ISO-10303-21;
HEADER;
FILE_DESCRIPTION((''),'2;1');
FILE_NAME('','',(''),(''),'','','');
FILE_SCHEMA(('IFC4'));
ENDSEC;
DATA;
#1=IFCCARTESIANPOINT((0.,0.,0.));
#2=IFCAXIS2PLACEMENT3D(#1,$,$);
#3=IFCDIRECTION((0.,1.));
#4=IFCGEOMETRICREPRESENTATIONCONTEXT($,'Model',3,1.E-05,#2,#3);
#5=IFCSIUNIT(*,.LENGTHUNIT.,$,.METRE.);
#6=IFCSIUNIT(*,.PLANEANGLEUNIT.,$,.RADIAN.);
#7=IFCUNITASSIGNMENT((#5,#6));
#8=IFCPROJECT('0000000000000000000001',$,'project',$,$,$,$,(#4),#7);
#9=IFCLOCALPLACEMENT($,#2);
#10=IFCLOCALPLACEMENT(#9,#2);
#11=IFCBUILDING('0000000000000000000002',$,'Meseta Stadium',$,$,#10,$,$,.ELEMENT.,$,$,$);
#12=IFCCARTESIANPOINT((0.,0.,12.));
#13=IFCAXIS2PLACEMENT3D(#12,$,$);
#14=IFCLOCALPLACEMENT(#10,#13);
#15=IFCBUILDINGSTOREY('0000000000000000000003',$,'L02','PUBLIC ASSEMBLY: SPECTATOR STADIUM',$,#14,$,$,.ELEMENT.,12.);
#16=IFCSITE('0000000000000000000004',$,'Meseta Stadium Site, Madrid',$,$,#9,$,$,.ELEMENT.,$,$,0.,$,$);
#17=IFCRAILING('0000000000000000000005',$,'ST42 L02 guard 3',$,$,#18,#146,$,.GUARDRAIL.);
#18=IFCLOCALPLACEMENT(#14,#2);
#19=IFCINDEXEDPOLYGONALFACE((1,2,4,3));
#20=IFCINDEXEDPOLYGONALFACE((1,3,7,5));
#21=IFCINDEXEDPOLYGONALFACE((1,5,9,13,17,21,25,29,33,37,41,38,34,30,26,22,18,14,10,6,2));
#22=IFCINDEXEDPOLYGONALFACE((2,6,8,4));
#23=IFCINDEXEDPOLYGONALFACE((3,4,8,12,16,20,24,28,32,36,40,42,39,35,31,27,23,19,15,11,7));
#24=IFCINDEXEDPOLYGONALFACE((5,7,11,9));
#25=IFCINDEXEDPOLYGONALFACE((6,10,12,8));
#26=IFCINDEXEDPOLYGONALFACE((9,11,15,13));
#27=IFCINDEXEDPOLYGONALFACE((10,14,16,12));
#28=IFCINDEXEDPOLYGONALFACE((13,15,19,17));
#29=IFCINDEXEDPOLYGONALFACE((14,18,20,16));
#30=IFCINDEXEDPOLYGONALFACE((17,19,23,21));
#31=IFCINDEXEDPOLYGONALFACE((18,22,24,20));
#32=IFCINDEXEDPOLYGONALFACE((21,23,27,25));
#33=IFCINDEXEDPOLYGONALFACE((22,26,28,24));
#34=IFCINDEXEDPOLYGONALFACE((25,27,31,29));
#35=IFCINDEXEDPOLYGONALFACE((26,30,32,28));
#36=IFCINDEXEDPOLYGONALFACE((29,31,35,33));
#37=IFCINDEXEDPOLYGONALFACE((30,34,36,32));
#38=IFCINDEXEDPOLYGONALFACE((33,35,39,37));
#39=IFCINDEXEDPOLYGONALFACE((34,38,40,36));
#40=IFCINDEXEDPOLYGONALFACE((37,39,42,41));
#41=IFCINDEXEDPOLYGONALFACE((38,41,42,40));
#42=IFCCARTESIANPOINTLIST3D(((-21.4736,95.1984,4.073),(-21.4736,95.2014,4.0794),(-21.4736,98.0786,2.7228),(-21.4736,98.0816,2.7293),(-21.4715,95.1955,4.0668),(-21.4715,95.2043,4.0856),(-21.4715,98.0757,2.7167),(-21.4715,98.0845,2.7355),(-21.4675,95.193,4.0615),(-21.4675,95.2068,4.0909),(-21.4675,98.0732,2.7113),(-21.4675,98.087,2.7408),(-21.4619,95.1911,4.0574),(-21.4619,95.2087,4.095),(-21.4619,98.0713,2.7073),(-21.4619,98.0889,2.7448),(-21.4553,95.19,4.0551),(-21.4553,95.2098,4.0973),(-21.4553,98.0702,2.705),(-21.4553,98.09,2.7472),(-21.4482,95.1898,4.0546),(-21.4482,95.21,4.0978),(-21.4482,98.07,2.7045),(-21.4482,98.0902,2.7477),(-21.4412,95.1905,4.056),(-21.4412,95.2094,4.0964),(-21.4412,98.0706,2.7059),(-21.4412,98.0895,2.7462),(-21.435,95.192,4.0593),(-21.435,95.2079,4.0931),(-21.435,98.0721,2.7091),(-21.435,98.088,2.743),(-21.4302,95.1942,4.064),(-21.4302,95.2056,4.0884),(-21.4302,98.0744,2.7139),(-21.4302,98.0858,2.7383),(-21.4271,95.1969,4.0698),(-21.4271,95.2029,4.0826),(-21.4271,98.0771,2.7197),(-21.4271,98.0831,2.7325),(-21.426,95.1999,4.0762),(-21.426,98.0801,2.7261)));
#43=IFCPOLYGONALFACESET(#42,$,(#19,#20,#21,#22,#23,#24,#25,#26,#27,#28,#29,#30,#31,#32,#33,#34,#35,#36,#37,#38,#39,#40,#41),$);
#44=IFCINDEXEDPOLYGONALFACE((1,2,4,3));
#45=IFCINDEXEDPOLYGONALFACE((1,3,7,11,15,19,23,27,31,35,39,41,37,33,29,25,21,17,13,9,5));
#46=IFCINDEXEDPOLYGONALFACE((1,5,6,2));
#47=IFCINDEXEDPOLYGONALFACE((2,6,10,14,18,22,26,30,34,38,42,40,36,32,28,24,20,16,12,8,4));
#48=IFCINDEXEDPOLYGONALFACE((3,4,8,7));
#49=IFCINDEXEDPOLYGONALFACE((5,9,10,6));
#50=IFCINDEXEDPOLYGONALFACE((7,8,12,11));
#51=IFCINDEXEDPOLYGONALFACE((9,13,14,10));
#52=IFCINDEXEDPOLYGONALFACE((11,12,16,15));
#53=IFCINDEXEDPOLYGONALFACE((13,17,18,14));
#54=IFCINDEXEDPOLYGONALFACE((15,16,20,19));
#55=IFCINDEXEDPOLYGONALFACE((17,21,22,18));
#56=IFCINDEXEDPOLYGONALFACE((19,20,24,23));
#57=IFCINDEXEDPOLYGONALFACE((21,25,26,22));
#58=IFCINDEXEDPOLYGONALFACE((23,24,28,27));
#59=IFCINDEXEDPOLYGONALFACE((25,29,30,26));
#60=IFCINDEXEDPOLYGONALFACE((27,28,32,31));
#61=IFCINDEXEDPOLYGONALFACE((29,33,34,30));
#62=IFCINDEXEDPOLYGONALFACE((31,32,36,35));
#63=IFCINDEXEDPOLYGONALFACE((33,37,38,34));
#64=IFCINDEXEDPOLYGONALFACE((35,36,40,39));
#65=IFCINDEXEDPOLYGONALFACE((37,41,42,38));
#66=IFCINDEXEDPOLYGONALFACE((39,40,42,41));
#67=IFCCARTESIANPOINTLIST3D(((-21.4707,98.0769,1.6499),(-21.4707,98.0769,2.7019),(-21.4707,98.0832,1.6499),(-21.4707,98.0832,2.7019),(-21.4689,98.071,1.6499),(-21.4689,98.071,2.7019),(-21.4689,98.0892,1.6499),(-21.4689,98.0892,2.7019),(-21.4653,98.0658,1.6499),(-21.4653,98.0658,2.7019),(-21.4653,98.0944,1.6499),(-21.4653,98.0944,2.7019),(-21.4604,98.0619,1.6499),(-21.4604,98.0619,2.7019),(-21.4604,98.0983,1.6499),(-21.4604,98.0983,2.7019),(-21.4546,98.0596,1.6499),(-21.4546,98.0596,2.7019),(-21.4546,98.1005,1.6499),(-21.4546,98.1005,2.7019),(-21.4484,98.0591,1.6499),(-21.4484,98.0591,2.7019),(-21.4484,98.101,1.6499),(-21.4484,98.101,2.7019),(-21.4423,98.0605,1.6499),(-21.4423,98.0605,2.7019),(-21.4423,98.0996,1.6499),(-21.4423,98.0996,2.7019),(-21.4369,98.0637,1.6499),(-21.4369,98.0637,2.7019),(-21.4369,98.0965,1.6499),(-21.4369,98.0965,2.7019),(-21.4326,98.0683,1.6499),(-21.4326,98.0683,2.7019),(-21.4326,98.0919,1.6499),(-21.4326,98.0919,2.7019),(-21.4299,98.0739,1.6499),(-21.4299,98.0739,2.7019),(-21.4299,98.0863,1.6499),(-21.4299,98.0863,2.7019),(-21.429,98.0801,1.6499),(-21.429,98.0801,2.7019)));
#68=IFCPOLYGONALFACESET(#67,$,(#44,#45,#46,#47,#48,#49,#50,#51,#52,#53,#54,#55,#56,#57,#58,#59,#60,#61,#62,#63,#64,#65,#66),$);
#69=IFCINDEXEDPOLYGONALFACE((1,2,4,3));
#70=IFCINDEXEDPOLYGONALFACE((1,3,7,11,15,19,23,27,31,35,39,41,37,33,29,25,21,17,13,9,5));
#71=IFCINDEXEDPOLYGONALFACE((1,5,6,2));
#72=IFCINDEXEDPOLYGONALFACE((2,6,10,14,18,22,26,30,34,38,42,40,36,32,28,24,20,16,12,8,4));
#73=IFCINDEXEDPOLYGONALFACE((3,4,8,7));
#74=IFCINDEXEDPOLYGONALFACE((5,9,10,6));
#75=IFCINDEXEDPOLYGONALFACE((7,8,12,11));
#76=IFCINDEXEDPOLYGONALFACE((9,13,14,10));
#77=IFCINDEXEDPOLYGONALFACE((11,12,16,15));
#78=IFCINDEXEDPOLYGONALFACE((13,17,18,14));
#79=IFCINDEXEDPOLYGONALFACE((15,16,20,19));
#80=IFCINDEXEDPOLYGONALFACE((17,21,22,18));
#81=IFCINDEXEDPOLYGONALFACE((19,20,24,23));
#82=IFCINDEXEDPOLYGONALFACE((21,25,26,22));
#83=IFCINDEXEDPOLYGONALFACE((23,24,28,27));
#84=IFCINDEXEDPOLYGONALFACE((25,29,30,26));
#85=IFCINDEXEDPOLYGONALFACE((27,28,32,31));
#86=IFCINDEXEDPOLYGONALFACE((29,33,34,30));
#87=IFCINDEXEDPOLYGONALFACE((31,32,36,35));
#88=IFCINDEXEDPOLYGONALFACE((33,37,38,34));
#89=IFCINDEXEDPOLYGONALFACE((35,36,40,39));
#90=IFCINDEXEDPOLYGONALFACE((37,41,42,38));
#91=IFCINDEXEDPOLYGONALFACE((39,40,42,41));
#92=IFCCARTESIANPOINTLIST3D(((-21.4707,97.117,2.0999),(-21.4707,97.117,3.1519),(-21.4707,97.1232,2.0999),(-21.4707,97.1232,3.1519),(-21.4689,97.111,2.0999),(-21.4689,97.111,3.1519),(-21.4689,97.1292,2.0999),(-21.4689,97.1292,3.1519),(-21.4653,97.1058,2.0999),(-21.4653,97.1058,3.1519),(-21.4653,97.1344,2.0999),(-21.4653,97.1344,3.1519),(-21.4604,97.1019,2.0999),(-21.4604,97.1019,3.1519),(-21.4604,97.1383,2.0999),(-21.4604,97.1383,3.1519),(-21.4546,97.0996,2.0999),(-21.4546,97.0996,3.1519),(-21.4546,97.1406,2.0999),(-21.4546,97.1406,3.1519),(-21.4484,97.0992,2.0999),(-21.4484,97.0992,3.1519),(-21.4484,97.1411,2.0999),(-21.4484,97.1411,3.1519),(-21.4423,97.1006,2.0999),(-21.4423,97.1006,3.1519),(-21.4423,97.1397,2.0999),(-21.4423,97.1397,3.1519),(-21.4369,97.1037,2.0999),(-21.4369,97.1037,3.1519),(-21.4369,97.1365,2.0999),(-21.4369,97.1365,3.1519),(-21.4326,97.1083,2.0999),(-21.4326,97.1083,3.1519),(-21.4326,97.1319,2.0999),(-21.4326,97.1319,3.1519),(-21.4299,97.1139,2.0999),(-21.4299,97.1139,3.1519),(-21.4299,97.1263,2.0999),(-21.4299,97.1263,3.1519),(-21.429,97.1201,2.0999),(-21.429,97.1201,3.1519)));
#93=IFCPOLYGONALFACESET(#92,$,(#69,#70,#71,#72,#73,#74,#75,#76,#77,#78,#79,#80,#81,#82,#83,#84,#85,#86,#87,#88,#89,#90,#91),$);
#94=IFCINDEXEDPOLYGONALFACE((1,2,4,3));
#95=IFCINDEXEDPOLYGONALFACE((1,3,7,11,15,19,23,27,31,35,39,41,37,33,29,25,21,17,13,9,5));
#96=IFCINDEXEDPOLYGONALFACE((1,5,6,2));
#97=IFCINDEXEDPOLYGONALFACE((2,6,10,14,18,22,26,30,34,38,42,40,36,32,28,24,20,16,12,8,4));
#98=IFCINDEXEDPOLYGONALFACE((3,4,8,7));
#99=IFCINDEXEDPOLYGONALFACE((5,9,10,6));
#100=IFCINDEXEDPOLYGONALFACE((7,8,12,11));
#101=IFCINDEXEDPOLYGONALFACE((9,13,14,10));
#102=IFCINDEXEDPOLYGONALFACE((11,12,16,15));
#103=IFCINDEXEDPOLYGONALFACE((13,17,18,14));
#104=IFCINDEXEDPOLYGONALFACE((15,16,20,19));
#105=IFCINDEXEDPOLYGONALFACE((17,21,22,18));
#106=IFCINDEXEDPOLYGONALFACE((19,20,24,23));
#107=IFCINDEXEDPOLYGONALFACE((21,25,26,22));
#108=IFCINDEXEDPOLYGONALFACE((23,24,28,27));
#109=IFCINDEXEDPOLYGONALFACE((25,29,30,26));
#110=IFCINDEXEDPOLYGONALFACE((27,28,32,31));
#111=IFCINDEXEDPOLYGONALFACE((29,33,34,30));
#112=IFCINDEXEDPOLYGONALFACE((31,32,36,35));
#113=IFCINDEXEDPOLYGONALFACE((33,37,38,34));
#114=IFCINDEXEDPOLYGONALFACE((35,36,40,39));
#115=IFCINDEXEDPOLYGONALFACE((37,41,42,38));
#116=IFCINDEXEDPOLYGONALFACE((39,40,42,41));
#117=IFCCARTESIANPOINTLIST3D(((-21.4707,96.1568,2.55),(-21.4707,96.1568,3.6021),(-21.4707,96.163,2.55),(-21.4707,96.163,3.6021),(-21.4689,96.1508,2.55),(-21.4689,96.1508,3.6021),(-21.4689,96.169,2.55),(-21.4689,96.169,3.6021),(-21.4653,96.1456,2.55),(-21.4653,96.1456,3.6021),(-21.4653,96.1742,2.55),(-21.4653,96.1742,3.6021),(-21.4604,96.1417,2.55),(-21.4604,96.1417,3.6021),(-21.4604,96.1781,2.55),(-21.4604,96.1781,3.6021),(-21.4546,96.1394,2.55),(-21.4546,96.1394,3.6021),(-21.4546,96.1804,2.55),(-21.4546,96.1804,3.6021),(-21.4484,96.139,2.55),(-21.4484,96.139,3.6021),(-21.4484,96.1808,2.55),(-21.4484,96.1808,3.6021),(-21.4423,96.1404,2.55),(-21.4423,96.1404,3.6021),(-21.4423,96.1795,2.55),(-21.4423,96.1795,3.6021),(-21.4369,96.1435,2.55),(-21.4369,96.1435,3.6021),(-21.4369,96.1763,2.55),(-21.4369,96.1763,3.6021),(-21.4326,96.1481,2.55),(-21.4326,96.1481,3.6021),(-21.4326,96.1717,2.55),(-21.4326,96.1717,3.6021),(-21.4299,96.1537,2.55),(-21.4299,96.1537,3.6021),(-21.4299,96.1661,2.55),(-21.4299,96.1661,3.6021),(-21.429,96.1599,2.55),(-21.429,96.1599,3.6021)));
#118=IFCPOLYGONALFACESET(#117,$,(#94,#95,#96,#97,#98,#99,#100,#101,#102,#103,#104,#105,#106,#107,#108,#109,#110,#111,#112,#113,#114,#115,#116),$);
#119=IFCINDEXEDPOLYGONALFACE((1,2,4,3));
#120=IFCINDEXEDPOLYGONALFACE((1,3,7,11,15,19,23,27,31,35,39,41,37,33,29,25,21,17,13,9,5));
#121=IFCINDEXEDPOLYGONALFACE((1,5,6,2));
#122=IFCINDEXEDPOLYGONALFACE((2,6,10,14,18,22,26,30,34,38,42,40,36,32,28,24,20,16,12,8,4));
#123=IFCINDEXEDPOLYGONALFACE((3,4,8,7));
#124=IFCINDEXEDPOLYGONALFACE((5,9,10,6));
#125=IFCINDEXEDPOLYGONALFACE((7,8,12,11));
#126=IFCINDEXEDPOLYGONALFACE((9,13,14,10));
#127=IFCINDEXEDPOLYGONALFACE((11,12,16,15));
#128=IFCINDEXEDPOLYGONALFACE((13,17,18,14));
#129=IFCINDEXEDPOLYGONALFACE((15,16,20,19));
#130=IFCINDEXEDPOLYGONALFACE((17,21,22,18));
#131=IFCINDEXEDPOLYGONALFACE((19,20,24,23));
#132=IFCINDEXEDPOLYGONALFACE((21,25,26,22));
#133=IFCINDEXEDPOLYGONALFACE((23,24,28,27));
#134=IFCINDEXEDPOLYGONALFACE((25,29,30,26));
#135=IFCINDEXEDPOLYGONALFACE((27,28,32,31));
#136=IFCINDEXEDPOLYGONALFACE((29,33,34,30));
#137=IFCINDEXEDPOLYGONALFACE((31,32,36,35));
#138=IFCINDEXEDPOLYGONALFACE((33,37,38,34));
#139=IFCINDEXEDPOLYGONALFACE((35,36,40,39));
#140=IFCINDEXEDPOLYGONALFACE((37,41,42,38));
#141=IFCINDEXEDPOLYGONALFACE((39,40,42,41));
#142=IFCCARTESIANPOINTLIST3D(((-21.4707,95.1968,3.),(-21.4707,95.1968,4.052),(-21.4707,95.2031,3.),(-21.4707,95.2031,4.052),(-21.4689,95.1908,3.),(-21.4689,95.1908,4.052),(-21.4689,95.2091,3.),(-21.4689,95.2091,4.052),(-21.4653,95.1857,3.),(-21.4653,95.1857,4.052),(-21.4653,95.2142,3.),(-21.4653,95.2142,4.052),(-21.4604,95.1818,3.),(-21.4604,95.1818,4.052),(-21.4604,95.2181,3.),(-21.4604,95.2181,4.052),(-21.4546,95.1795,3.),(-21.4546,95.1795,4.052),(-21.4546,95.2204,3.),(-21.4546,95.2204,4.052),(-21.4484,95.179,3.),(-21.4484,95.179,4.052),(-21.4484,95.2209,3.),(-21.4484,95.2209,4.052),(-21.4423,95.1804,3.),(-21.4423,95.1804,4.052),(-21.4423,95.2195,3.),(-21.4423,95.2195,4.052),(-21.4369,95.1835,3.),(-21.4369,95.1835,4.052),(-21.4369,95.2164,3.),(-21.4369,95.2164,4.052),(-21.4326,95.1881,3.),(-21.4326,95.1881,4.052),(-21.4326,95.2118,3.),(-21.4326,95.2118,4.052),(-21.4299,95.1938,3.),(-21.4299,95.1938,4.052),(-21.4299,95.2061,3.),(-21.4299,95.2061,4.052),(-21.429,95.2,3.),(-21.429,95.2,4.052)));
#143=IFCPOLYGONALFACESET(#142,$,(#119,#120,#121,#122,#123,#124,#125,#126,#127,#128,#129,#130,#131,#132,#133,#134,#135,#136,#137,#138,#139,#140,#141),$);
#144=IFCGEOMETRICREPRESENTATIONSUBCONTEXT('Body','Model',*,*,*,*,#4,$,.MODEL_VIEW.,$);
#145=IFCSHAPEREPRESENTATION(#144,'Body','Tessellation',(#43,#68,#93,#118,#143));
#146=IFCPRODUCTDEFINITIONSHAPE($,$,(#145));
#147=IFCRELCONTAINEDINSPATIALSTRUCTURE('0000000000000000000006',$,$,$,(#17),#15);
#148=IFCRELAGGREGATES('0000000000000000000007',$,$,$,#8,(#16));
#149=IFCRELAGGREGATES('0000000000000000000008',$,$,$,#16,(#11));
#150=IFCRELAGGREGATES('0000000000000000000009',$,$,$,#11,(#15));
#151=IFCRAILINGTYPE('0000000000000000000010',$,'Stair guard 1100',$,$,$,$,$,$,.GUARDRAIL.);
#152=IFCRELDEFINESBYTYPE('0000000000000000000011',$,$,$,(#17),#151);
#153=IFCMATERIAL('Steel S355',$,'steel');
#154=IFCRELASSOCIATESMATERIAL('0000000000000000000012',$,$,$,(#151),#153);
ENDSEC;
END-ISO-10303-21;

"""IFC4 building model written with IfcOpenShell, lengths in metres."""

from ifc_helpers import new_model, si_unit, direction, frame, origin, origin_2d, place, context, subcontext, project, spatial, circle, extrude, material, type_object, element, save


model = new_model("IFC4")

# Units and contexts
model_context = context("Model", 3, precision=1e-05, world=origin(), true_north=direction((0.0, 1.0)))
body_context = subcontext(model_context, "Body", "Model", "MODEL_VIEW")
ifc_project = project(units=[si_unit("LENGTHUNIT", "METRE"), si_unit("PLANEANGLEUNIT", "RADIAN")], contexts=[model_context])

# Site, building, storey
site_placement = place(None, origin())
site = spatial("IfcSite", under=ifc_project, at=site_placement, Name="Meseta Stadium Site, Madrid", CompositionType="ELEMENT", RefElevation=0.0)
building_placement = place(site_placement, origin())
building = spatial("IfcBuilding", under=site, at=building_placement, Name="Meseta Stadium", CompositionType="ELEMENT")
storey_placement = place(building_placement, frame((0.0, 0.0, 12.0)))
storey = spatial("IfcBuildingStorey", under=building, at=storey_placement, Name="L02", Description="PUBLIC ASSEMBLY: SPECTATOR STADIUM", CompositionType="ELEMENT", Elevation=12.0)

# Railing
ifc_material_1 = material(Name="Steel S355", Category="steel")
railing_type_1 = type_object("IfcRailingType", Name="Stair guard 1100", PredefinedType="GUARDRAIL", material=ifc_material_1)
railing_1_placement = place(storey_placement, frame((-21.45, 98.0801, 1.6499)))
element("IfcRailing", 1, at=railing_1_placement, inside=storey, type_object=railing_type_1, Name="ST42 L02 guard 3", PredefinedType="GUARDRAIL", context=body_context, shape_type="SweptSolid", body=[
    extrude(circle(Radius=0.0239, at=origin_2d()), frame((0.0, 0.0, 1.0762), z_axis=(0.0, -0.905454, 0.424444), x_axis=(1.0, 0.0, 0.0)), (0.0, 0.0, 1.0), 3.1809),
    extrude(circle(Radius=0.021, at=origin_2d()), origin(), (0.0, 0.0, 1.0), 1.052),
    extrude(circle(Radius=0.021, at=origin_2d()), frame((0.0, -0.96, 0.45)), (0.0, 0.0, 1.0), 1.052),
    extrude(circle(Radius=0.021, at=origin_2d()), frame((0.0, -1.9202, 0.9001)), (0.0, 0.0, 1.0), 1.052),
    extrude(circle(Radius=0.021, at=origin_2d()), frame((0.0, -2.8801, 1.3501)), (0.0, 0.0, 1.0), 1.052),
])

save(model, "model.ifc")
